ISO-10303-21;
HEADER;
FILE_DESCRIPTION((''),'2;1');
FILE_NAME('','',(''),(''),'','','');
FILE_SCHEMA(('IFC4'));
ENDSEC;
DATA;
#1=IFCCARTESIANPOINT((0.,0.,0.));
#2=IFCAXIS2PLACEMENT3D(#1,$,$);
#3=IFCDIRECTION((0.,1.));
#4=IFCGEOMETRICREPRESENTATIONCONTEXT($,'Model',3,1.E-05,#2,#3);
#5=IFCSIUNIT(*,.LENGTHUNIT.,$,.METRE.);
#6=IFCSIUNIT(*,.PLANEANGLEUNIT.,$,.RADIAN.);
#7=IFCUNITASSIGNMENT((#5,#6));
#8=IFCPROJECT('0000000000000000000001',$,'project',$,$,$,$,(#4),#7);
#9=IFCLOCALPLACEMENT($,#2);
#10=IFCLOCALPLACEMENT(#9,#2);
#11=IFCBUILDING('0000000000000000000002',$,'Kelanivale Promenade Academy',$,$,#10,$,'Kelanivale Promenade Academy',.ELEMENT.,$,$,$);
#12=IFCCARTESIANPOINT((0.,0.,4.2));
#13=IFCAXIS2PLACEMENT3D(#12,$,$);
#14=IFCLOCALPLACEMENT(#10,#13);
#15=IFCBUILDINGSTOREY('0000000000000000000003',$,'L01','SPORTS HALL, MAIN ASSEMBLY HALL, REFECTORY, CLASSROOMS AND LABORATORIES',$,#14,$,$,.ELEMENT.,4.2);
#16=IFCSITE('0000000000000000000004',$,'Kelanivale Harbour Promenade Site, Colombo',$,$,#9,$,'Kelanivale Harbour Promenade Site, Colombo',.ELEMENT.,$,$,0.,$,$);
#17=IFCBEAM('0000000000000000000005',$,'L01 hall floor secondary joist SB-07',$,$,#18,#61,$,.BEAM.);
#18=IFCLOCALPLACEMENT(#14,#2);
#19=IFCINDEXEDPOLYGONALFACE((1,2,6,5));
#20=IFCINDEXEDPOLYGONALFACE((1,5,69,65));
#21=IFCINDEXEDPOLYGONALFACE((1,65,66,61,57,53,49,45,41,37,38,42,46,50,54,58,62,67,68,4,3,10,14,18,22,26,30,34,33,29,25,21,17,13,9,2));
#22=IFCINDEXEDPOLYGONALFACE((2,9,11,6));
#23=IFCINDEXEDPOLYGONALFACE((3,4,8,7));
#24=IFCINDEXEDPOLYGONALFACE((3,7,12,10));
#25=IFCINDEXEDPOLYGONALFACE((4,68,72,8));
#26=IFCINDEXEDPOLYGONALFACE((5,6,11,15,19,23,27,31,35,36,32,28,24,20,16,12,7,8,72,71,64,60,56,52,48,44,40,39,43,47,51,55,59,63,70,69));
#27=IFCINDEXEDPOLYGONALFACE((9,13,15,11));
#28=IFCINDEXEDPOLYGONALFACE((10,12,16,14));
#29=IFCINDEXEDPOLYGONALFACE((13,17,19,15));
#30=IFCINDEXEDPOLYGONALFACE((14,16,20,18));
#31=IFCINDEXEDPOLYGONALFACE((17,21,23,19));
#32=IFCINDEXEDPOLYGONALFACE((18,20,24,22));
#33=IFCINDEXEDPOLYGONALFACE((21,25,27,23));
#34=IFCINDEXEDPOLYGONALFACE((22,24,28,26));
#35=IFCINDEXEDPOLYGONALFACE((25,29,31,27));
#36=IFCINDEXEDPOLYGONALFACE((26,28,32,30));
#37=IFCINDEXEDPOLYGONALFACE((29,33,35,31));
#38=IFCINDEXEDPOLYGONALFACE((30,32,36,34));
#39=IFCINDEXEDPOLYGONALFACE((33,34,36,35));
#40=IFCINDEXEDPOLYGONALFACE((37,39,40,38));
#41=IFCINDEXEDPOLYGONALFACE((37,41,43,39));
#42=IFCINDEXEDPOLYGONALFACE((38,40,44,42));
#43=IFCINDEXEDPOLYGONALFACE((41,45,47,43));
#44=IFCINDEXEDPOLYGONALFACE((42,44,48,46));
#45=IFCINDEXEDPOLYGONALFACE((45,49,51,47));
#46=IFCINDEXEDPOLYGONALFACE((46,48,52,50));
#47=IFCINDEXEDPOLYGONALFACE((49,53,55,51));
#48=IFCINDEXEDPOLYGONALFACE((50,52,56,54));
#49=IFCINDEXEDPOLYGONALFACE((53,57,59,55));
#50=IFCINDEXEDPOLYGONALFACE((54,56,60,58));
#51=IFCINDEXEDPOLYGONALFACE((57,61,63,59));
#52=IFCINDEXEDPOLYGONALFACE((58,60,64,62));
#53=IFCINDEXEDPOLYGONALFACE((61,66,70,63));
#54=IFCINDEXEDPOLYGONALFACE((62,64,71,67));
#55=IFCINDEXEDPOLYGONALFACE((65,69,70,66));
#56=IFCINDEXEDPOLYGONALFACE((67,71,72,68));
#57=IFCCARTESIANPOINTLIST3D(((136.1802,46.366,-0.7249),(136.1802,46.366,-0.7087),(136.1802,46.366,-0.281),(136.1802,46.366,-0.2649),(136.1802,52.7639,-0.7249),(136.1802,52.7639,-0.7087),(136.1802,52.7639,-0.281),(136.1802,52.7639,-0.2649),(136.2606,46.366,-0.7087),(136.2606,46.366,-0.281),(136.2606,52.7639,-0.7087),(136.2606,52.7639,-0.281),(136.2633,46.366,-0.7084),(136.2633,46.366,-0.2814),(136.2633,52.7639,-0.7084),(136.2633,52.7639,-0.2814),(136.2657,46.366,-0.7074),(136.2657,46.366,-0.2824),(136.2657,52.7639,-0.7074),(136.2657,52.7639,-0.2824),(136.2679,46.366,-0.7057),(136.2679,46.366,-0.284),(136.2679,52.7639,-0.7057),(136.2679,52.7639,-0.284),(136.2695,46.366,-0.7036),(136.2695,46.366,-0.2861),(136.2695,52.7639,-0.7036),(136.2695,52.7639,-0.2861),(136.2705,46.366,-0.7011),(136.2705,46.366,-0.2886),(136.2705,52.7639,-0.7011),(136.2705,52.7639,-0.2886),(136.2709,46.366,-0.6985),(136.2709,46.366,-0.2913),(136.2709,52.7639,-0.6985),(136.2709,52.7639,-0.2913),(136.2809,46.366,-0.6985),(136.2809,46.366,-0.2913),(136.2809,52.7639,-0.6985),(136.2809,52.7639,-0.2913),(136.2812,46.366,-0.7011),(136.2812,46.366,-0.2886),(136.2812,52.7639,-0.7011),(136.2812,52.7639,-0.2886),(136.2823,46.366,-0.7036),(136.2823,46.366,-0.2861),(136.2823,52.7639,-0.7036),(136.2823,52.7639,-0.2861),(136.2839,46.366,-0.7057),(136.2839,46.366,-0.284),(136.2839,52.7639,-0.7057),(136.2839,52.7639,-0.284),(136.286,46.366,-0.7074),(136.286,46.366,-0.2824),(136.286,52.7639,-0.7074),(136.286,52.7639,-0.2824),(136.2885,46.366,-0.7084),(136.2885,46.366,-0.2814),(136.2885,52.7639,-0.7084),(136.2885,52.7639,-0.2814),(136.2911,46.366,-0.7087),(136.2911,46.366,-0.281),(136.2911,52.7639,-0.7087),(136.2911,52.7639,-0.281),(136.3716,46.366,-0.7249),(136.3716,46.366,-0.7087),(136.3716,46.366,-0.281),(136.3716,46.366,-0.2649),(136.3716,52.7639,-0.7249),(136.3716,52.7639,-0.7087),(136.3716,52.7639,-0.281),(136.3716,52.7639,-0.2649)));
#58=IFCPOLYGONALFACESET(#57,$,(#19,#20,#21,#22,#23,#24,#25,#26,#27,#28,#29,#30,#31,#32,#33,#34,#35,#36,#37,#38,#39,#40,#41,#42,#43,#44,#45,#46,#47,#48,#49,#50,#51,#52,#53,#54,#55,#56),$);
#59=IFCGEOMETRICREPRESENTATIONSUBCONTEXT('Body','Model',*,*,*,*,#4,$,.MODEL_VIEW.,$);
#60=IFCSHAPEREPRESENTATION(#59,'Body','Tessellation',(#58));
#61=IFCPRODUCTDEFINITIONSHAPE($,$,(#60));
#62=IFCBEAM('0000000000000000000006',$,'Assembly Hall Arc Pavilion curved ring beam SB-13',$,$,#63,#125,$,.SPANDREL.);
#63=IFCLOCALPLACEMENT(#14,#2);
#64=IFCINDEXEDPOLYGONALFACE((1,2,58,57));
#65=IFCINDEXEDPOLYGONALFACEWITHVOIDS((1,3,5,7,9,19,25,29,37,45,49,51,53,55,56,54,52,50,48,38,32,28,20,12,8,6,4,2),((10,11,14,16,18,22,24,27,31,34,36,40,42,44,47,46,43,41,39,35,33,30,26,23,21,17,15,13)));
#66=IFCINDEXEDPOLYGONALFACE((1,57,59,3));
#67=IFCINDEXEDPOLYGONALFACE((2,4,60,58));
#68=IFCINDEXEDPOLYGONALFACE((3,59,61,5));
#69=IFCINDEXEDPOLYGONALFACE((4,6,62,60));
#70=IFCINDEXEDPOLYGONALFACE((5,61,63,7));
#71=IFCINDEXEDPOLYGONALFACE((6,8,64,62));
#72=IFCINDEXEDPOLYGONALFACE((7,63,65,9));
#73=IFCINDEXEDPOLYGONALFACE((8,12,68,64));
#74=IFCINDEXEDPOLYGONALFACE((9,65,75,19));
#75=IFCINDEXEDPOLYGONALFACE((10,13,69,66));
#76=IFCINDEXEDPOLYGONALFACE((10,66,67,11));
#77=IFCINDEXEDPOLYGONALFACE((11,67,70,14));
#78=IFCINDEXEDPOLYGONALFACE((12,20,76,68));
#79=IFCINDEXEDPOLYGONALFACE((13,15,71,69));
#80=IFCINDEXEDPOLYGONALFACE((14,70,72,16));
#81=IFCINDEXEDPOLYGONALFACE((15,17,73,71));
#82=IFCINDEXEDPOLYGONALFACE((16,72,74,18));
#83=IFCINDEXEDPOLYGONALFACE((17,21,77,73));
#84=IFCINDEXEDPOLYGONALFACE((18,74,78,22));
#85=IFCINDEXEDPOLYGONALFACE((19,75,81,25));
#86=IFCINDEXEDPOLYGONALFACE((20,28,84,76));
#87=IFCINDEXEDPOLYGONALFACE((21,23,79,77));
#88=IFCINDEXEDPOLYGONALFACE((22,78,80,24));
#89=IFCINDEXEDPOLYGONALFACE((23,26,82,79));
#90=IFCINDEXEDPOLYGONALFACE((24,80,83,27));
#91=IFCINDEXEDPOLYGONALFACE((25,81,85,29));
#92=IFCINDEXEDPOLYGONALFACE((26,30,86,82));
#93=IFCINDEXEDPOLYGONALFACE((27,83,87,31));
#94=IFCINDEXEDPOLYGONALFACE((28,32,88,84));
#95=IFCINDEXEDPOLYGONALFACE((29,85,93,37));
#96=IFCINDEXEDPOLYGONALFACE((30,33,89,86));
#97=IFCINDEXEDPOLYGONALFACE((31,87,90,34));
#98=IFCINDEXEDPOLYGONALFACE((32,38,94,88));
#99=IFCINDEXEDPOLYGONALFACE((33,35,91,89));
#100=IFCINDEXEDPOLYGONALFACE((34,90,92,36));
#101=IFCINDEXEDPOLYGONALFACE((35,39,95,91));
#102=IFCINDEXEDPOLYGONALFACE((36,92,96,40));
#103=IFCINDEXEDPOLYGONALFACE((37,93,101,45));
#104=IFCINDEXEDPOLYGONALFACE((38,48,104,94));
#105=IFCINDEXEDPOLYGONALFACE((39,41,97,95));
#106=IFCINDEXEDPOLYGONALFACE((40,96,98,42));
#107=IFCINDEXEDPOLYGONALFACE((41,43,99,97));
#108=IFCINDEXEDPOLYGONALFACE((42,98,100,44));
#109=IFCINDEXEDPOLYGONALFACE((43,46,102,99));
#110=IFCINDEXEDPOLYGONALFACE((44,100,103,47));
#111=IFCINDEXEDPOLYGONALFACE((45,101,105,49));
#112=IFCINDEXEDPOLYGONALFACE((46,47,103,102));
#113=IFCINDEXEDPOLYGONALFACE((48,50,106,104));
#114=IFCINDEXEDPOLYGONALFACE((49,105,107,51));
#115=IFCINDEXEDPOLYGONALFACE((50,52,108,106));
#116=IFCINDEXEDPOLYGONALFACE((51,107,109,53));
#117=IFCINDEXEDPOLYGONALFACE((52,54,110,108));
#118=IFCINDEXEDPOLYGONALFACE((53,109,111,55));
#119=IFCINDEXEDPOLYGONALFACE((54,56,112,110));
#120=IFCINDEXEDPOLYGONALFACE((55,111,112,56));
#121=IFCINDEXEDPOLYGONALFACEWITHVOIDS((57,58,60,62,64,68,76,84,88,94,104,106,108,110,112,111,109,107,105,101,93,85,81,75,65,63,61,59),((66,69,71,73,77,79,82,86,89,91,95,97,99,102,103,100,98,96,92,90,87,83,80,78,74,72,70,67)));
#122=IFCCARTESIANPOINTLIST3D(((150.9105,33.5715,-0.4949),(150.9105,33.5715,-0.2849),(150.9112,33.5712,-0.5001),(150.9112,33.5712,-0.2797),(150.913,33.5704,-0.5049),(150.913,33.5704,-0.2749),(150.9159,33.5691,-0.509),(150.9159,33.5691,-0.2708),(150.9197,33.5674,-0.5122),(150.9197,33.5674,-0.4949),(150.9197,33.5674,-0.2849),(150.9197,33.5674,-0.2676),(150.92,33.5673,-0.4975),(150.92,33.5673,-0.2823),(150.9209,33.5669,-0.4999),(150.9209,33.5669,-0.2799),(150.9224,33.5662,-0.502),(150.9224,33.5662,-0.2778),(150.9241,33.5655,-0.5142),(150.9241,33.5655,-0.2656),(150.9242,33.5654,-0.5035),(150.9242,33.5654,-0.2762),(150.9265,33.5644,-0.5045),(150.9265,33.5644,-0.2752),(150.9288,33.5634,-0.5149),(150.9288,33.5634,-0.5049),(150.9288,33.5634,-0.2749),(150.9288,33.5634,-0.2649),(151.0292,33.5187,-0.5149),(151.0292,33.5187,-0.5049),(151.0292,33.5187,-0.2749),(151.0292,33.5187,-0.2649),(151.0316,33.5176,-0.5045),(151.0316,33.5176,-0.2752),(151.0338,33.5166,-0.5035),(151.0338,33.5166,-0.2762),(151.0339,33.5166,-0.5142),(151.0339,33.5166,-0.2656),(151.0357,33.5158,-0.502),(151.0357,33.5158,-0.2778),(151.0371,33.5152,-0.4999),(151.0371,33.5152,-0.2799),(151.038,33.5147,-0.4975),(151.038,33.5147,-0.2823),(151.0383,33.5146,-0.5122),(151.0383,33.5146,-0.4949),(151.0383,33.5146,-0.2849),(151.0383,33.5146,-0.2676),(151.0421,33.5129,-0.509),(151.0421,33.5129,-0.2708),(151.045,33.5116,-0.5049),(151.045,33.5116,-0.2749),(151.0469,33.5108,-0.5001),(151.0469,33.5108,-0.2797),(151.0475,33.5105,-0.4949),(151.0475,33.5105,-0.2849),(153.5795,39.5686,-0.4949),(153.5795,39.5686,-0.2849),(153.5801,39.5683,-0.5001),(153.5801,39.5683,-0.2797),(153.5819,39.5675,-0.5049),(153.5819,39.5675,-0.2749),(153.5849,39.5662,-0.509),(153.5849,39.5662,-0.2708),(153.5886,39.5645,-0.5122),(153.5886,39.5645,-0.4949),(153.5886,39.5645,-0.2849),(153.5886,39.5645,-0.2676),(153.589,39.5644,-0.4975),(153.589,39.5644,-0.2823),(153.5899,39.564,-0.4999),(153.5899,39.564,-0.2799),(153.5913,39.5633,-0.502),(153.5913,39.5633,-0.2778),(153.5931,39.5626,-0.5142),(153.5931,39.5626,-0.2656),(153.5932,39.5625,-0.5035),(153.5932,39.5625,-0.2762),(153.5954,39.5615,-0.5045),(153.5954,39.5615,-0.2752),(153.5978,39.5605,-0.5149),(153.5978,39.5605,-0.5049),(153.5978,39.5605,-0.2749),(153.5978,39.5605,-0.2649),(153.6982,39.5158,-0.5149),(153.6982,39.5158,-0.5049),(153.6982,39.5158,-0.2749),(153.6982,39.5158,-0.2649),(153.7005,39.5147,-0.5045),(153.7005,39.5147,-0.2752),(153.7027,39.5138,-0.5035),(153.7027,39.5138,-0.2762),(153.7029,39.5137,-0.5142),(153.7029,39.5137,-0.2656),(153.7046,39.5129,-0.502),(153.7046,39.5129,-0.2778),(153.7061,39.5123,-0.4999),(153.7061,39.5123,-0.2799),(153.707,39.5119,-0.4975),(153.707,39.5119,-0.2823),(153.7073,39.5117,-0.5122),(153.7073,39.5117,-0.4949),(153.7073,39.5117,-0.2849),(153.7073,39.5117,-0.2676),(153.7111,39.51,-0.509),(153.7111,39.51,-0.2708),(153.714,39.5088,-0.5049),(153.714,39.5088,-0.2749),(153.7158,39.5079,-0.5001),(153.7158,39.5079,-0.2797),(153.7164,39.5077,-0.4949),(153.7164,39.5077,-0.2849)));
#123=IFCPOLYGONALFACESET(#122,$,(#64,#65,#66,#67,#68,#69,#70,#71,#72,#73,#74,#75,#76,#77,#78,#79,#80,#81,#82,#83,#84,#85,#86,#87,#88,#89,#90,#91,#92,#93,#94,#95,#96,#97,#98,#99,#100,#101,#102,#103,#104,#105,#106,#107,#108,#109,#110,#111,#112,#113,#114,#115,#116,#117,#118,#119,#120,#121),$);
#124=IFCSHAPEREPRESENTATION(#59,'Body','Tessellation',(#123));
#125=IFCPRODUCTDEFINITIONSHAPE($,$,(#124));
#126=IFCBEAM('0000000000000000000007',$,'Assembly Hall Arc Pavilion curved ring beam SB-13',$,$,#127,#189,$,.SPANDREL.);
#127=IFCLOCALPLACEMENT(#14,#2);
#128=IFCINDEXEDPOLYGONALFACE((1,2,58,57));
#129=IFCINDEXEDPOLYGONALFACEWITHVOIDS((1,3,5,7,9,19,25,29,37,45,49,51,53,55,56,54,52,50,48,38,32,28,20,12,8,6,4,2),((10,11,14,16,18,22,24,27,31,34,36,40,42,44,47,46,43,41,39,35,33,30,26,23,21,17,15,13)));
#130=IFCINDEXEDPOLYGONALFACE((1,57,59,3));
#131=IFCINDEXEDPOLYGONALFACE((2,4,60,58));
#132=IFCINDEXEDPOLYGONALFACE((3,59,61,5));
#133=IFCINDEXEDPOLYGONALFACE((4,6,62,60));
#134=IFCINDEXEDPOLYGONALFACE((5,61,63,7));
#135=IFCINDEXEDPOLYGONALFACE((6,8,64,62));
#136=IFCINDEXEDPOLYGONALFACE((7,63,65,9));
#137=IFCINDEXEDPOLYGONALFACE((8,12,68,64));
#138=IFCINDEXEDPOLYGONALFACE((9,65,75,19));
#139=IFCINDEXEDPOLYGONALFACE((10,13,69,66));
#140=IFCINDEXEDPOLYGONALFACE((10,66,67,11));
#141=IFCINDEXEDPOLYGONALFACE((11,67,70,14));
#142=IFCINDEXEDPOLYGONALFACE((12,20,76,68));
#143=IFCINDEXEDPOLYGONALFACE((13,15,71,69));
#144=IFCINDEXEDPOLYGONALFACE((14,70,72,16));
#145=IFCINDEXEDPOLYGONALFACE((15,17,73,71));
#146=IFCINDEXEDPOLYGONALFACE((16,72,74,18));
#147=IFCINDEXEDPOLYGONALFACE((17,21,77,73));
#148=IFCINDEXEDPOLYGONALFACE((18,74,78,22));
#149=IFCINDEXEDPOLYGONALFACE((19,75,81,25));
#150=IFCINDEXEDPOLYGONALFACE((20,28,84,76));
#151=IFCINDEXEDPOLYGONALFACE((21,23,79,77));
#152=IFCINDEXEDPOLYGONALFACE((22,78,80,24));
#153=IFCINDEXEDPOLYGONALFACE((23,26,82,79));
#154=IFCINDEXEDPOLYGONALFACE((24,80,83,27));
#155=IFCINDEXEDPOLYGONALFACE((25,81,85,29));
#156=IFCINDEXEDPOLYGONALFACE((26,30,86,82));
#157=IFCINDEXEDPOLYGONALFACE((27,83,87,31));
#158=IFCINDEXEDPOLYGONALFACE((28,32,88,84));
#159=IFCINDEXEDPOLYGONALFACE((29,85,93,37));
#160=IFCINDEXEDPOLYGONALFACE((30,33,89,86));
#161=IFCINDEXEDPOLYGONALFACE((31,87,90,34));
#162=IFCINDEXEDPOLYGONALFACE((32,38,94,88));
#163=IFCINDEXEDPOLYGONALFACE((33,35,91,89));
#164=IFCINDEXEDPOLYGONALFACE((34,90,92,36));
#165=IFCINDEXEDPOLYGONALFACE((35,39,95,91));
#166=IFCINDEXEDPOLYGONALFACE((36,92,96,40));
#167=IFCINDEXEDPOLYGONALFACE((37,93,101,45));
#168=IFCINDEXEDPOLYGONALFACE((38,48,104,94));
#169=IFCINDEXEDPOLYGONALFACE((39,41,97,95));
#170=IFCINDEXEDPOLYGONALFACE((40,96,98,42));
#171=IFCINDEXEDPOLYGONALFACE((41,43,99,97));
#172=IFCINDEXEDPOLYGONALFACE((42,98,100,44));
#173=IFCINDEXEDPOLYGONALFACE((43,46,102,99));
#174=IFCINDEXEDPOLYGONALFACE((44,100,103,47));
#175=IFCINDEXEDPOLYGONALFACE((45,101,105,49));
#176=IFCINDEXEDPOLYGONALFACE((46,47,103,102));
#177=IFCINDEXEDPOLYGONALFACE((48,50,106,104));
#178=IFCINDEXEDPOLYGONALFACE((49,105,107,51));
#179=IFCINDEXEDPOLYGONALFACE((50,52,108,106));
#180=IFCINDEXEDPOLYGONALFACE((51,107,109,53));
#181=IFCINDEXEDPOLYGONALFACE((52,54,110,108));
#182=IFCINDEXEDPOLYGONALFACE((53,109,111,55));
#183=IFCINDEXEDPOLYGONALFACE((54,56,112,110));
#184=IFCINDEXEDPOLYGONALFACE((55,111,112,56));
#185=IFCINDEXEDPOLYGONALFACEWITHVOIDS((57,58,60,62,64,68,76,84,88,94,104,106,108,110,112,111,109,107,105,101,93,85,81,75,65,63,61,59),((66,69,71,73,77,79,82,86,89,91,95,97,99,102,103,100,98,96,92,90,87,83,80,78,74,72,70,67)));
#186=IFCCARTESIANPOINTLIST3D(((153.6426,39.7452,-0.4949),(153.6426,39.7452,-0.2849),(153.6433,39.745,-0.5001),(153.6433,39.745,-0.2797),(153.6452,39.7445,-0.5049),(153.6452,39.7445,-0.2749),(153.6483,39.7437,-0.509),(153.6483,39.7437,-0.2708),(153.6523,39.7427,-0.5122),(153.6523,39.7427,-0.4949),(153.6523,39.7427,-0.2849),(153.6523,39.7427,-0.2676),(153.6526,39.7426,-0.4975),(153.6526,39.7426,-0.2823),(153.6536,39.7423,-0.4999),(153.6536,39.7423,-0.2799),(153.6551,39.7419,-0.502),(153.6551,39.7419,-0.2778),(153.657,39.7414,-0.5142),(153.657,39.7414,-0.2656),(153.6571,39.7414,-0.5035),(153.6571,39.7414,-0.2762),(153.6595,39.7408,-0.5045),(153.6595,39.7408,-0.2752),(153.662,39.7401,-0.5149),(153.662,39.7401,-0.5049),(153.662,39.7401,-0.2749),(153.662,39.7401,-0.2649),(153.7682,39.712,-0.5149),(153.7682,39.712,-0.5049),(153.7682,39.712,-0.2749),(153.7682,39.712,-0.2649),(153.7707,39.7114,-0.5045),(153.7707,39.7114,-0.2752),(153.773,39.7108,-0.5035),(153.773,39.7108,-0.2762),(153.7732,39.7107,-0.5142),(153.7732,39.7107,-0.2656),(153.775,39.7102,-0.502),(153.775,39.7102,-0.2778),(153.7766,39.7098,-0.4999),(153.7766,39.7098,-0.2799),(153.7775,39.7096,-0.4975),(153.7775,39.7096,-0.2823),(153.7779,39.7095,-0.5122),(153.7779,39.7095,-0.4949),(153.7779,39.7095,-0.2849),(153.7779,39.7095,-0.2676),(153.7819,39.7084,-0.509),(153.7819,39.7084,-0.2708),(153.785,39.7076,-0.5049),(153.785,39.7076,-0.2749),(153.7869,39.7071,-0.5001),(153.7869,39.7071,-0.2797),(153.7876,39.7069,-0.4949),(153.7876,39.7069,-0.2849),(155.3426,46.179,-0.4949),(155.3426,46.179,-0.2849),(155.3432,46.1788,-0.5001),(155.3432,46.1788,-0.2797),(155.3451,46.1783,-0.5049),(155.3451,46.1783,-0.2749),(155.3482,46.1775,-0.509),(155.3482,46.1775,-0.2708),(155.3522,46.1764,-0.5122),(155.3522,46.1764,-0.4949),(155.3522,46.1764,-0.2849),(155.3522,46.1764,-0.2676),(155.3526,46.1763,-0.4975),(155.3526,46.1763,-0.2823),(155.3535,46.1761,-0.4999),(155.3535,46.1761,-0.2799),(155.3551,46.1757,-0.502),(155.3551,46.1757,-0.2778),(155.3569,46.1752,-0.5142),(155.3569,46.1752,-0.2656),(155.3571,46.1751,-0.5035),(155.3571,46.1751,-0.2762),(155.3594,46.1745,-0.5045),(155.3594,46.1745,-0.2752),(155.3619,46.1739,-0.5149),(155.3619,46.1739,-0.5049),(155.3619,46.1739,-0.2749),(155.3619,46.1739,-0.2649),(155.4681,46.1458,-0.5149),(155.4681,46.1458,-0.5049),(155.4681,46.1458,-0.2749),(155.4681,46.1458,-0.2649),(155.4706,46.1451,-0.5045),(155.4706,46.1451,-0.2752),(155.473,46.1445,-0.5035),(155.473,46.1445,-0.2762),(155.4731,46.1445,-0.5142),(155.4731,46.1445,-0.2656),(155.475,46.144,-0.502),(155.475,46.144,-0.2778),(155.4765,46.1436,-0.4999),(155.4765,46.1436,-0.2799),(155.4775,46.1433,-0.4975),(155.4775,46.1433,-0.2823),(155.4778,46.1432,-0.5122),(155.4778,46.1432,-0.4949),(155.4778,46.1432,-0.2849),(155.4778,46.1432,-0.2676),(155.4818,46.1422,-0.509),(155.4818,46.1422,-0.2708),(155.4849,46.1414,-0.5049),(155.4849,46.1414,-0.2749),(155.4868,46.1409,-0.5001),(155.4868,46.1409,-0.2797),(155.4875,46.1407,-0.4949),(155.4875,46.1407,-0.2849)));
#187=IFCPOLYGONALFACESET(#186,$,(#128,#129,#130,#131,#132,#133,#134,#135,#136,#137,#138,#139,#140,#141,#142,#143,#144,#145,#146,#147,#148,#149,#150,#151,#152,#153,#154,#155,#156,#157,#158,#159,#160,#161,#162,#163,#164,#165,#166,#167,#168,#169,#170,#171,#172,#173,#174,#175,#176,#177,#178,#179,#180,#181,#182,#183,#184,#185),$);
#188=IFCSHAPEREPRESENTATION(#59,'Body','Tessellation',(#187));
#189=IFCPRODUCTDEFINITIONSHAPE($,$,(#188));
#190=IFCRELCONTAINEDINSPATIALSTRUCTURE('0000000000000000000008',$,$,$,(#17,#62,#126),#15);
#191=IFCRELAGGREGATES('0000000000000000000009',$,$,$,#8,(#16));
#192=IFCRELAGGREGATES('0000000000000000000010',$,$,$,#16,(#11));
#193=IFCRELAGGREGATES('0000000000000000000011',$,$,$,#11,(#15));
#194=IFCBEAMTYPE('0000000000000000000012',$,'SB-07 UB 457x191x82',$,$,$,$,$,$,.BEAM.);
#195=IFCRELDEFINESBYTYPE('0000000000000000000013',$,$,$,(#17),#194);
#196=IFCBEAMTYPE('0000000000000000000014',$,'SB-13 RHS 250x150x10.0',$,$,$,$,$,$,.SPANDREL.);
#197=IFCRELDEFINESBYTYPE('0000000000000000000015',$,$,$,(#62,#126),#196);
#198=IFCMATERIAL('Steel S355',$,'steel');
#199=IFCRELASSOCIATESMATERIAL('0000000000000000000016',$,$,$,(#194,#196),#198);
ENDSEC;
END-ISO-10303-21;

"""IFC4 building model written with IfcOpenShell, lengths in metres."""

from ifc_helpers import new_model, si_unit, direction, frame, origin, origin_2d, place, context, subcontext, project, spatial, hollow_rectangle, i_section, extrude, material, material_profile, profile_set, type_object, element, save


model = new_model("IFC4")

# Units and contexts
model_context = context("Model", 3, precision=1e-05, world=origin(), true_north=direction((0.0, 1.0)))
body_context = subcontext(model_context, "Body", "Model", "MODEL_VIEW")
ifc_project = project(units=[si_unit("LENGTHUNIT", "METRE"), si_unit("PLANEANGLEUNIT", "RADIAN")], contexts=[model_context])

# Site, building, storey
site_placement = place(None, origin())
site = spatial("IfcSite", under=ifc_project, at=site_placement, Name="Kelanivale Harbour Promenade Site, Colombo", LongName="Kelanivale Harbour Promenade Site, Colombo", CompositionType="ELEMENT", RefElevation=0.0)
building_placement = place(site_placement, origin())
building = spatial("IfcBuilding", under=site, at=building_placement, Name="Kelanivale Promenade Academy", LongName="Kelanivale Promenade Academy", CompositionType="ELEMENT")
storey_placement = place(building_placement, frame((0.0, 0.0, 4.2)))
storey = spatial("IfcBuildingStorey", under=building, at=storey_placement, Name="L01", Description="SPORTS HALL, MAIN ASSEMBLY HALL, REFECTORY, CLASSROOMS AND LABORATORIES", CompositionType="ELEMENT", Elevation=4.2)

# Shared definitions
ifc_material_1 = material(Name="Steel S355", Category="steel")

# Beams
ifc_material_profile_1 = material_profile(ifc_material_1, i_section(OverallWidth=0.1914, OverallDepth=0.46, WebThickness=0.01, FlangeThickness=0.0161, FilletRadius=0.0103, at=origin_2d()), Name="UB 457x191x82")
ifc_profile_set_1 = profile_set([ifc_material_profile_1], Name="Steel S355")
beam_type_1 = type_object("IfcBeamType", Name="SB-07 UB 457x191x82", PredefinedType="BEAM", material=ifc_profile_set_1)
beam_1_placement = place(storey_placement, frame((136.2759, 46.366, -0.4949), z_axis=(0.0, 1.0, 0.0), x_axis=(-1.0, 0.0, 0.0)))
element("IfcBeam", 1, at=beam_1_placement, inside=storey, type_object=beam_type_1, Name="L01 hall floor secondary joist SB-07", PredefinedType="BEAM", context=body_context, shape_type="SweptSolid", body=[
    extrude(i_section(OverallWidth=0.1914, OverallDepth=0.46, WebThickness=0.01, FlangeThickness=0.0161, FilletRadius=0.0103, at=origin_2d()), origin(), (0.0, 0.0, 1.0), 6.3979),
])
ifc_material_profile_2 = material_profile(ifc_material_1, hollow_rectangle(XDim=0.1499, YDim=0.25, WallThickness=0.01, InnerFilletRadius=0.01, OuterFilletRadius=0.02, at=origin_2d()), Name="RHS 250x150x10.0")
ifc_profile_set_2 = profile_set([ifc_material_profile_2], Name="Steel S355")
beam_type_2 = type_object("IfcBeamType", Name="SB-13 RHS 250x150x10.0", PredefinedType="SPANDREL", material=ifc_profile_set_2)
beam_2_placement = place(storey_placement, frame((150.979, 33.541, -0.3899), z_axis=(0.406594, 0.913609, 0.0), x_axis=(-0.913609, 0.406594, 0.0)))
element("IfcBeam", 2, at=beam_2_placement, inside=storey, type_object=beam_type_2, Name="Assembly Hall Arc Pavilion curved ring beam SB-13", PredefinedType="SPANDREL", context=body_context, shape_type="SweptSolid", body=[
    extrude(hollow_rectangle(XDim=0.1499, YDim=0.25, WallThickness=0.01, InnerFilletRadius=0.01, OuterFilletRadius=0.02, at=origin_2d()), origin(), (0.0, 0.0, 1.0), 6.5642),
])
beam_3_placement = place(storey_placement, frame((153.7151, 39.7261, -0.3899), z_axis=(0.255454, 0.966821, 0.0), x_axis=(-0.966821, 0.255454, 0.0)))
element("IfcBeam", 3, at=beam_3_placement, inside=storey, type_object=beam_type_2, Name="Assembly Hall Arc Pavilion curved ring beam SB-13", PredefinedType="SPANDREL", context=body_context, shape_type="SweptSolid", body=[
    extrude(hollow_rectangle(XDim=0.1499, YDim=0.25, WallThickness=0.01, InnerFilletRadius=0.01, OuterFilletRadius=0.02, at=origin_2d()), origin(), (0.0, 0.0, 1.0), 6.6545),
])

save(model, "model.ifc")
